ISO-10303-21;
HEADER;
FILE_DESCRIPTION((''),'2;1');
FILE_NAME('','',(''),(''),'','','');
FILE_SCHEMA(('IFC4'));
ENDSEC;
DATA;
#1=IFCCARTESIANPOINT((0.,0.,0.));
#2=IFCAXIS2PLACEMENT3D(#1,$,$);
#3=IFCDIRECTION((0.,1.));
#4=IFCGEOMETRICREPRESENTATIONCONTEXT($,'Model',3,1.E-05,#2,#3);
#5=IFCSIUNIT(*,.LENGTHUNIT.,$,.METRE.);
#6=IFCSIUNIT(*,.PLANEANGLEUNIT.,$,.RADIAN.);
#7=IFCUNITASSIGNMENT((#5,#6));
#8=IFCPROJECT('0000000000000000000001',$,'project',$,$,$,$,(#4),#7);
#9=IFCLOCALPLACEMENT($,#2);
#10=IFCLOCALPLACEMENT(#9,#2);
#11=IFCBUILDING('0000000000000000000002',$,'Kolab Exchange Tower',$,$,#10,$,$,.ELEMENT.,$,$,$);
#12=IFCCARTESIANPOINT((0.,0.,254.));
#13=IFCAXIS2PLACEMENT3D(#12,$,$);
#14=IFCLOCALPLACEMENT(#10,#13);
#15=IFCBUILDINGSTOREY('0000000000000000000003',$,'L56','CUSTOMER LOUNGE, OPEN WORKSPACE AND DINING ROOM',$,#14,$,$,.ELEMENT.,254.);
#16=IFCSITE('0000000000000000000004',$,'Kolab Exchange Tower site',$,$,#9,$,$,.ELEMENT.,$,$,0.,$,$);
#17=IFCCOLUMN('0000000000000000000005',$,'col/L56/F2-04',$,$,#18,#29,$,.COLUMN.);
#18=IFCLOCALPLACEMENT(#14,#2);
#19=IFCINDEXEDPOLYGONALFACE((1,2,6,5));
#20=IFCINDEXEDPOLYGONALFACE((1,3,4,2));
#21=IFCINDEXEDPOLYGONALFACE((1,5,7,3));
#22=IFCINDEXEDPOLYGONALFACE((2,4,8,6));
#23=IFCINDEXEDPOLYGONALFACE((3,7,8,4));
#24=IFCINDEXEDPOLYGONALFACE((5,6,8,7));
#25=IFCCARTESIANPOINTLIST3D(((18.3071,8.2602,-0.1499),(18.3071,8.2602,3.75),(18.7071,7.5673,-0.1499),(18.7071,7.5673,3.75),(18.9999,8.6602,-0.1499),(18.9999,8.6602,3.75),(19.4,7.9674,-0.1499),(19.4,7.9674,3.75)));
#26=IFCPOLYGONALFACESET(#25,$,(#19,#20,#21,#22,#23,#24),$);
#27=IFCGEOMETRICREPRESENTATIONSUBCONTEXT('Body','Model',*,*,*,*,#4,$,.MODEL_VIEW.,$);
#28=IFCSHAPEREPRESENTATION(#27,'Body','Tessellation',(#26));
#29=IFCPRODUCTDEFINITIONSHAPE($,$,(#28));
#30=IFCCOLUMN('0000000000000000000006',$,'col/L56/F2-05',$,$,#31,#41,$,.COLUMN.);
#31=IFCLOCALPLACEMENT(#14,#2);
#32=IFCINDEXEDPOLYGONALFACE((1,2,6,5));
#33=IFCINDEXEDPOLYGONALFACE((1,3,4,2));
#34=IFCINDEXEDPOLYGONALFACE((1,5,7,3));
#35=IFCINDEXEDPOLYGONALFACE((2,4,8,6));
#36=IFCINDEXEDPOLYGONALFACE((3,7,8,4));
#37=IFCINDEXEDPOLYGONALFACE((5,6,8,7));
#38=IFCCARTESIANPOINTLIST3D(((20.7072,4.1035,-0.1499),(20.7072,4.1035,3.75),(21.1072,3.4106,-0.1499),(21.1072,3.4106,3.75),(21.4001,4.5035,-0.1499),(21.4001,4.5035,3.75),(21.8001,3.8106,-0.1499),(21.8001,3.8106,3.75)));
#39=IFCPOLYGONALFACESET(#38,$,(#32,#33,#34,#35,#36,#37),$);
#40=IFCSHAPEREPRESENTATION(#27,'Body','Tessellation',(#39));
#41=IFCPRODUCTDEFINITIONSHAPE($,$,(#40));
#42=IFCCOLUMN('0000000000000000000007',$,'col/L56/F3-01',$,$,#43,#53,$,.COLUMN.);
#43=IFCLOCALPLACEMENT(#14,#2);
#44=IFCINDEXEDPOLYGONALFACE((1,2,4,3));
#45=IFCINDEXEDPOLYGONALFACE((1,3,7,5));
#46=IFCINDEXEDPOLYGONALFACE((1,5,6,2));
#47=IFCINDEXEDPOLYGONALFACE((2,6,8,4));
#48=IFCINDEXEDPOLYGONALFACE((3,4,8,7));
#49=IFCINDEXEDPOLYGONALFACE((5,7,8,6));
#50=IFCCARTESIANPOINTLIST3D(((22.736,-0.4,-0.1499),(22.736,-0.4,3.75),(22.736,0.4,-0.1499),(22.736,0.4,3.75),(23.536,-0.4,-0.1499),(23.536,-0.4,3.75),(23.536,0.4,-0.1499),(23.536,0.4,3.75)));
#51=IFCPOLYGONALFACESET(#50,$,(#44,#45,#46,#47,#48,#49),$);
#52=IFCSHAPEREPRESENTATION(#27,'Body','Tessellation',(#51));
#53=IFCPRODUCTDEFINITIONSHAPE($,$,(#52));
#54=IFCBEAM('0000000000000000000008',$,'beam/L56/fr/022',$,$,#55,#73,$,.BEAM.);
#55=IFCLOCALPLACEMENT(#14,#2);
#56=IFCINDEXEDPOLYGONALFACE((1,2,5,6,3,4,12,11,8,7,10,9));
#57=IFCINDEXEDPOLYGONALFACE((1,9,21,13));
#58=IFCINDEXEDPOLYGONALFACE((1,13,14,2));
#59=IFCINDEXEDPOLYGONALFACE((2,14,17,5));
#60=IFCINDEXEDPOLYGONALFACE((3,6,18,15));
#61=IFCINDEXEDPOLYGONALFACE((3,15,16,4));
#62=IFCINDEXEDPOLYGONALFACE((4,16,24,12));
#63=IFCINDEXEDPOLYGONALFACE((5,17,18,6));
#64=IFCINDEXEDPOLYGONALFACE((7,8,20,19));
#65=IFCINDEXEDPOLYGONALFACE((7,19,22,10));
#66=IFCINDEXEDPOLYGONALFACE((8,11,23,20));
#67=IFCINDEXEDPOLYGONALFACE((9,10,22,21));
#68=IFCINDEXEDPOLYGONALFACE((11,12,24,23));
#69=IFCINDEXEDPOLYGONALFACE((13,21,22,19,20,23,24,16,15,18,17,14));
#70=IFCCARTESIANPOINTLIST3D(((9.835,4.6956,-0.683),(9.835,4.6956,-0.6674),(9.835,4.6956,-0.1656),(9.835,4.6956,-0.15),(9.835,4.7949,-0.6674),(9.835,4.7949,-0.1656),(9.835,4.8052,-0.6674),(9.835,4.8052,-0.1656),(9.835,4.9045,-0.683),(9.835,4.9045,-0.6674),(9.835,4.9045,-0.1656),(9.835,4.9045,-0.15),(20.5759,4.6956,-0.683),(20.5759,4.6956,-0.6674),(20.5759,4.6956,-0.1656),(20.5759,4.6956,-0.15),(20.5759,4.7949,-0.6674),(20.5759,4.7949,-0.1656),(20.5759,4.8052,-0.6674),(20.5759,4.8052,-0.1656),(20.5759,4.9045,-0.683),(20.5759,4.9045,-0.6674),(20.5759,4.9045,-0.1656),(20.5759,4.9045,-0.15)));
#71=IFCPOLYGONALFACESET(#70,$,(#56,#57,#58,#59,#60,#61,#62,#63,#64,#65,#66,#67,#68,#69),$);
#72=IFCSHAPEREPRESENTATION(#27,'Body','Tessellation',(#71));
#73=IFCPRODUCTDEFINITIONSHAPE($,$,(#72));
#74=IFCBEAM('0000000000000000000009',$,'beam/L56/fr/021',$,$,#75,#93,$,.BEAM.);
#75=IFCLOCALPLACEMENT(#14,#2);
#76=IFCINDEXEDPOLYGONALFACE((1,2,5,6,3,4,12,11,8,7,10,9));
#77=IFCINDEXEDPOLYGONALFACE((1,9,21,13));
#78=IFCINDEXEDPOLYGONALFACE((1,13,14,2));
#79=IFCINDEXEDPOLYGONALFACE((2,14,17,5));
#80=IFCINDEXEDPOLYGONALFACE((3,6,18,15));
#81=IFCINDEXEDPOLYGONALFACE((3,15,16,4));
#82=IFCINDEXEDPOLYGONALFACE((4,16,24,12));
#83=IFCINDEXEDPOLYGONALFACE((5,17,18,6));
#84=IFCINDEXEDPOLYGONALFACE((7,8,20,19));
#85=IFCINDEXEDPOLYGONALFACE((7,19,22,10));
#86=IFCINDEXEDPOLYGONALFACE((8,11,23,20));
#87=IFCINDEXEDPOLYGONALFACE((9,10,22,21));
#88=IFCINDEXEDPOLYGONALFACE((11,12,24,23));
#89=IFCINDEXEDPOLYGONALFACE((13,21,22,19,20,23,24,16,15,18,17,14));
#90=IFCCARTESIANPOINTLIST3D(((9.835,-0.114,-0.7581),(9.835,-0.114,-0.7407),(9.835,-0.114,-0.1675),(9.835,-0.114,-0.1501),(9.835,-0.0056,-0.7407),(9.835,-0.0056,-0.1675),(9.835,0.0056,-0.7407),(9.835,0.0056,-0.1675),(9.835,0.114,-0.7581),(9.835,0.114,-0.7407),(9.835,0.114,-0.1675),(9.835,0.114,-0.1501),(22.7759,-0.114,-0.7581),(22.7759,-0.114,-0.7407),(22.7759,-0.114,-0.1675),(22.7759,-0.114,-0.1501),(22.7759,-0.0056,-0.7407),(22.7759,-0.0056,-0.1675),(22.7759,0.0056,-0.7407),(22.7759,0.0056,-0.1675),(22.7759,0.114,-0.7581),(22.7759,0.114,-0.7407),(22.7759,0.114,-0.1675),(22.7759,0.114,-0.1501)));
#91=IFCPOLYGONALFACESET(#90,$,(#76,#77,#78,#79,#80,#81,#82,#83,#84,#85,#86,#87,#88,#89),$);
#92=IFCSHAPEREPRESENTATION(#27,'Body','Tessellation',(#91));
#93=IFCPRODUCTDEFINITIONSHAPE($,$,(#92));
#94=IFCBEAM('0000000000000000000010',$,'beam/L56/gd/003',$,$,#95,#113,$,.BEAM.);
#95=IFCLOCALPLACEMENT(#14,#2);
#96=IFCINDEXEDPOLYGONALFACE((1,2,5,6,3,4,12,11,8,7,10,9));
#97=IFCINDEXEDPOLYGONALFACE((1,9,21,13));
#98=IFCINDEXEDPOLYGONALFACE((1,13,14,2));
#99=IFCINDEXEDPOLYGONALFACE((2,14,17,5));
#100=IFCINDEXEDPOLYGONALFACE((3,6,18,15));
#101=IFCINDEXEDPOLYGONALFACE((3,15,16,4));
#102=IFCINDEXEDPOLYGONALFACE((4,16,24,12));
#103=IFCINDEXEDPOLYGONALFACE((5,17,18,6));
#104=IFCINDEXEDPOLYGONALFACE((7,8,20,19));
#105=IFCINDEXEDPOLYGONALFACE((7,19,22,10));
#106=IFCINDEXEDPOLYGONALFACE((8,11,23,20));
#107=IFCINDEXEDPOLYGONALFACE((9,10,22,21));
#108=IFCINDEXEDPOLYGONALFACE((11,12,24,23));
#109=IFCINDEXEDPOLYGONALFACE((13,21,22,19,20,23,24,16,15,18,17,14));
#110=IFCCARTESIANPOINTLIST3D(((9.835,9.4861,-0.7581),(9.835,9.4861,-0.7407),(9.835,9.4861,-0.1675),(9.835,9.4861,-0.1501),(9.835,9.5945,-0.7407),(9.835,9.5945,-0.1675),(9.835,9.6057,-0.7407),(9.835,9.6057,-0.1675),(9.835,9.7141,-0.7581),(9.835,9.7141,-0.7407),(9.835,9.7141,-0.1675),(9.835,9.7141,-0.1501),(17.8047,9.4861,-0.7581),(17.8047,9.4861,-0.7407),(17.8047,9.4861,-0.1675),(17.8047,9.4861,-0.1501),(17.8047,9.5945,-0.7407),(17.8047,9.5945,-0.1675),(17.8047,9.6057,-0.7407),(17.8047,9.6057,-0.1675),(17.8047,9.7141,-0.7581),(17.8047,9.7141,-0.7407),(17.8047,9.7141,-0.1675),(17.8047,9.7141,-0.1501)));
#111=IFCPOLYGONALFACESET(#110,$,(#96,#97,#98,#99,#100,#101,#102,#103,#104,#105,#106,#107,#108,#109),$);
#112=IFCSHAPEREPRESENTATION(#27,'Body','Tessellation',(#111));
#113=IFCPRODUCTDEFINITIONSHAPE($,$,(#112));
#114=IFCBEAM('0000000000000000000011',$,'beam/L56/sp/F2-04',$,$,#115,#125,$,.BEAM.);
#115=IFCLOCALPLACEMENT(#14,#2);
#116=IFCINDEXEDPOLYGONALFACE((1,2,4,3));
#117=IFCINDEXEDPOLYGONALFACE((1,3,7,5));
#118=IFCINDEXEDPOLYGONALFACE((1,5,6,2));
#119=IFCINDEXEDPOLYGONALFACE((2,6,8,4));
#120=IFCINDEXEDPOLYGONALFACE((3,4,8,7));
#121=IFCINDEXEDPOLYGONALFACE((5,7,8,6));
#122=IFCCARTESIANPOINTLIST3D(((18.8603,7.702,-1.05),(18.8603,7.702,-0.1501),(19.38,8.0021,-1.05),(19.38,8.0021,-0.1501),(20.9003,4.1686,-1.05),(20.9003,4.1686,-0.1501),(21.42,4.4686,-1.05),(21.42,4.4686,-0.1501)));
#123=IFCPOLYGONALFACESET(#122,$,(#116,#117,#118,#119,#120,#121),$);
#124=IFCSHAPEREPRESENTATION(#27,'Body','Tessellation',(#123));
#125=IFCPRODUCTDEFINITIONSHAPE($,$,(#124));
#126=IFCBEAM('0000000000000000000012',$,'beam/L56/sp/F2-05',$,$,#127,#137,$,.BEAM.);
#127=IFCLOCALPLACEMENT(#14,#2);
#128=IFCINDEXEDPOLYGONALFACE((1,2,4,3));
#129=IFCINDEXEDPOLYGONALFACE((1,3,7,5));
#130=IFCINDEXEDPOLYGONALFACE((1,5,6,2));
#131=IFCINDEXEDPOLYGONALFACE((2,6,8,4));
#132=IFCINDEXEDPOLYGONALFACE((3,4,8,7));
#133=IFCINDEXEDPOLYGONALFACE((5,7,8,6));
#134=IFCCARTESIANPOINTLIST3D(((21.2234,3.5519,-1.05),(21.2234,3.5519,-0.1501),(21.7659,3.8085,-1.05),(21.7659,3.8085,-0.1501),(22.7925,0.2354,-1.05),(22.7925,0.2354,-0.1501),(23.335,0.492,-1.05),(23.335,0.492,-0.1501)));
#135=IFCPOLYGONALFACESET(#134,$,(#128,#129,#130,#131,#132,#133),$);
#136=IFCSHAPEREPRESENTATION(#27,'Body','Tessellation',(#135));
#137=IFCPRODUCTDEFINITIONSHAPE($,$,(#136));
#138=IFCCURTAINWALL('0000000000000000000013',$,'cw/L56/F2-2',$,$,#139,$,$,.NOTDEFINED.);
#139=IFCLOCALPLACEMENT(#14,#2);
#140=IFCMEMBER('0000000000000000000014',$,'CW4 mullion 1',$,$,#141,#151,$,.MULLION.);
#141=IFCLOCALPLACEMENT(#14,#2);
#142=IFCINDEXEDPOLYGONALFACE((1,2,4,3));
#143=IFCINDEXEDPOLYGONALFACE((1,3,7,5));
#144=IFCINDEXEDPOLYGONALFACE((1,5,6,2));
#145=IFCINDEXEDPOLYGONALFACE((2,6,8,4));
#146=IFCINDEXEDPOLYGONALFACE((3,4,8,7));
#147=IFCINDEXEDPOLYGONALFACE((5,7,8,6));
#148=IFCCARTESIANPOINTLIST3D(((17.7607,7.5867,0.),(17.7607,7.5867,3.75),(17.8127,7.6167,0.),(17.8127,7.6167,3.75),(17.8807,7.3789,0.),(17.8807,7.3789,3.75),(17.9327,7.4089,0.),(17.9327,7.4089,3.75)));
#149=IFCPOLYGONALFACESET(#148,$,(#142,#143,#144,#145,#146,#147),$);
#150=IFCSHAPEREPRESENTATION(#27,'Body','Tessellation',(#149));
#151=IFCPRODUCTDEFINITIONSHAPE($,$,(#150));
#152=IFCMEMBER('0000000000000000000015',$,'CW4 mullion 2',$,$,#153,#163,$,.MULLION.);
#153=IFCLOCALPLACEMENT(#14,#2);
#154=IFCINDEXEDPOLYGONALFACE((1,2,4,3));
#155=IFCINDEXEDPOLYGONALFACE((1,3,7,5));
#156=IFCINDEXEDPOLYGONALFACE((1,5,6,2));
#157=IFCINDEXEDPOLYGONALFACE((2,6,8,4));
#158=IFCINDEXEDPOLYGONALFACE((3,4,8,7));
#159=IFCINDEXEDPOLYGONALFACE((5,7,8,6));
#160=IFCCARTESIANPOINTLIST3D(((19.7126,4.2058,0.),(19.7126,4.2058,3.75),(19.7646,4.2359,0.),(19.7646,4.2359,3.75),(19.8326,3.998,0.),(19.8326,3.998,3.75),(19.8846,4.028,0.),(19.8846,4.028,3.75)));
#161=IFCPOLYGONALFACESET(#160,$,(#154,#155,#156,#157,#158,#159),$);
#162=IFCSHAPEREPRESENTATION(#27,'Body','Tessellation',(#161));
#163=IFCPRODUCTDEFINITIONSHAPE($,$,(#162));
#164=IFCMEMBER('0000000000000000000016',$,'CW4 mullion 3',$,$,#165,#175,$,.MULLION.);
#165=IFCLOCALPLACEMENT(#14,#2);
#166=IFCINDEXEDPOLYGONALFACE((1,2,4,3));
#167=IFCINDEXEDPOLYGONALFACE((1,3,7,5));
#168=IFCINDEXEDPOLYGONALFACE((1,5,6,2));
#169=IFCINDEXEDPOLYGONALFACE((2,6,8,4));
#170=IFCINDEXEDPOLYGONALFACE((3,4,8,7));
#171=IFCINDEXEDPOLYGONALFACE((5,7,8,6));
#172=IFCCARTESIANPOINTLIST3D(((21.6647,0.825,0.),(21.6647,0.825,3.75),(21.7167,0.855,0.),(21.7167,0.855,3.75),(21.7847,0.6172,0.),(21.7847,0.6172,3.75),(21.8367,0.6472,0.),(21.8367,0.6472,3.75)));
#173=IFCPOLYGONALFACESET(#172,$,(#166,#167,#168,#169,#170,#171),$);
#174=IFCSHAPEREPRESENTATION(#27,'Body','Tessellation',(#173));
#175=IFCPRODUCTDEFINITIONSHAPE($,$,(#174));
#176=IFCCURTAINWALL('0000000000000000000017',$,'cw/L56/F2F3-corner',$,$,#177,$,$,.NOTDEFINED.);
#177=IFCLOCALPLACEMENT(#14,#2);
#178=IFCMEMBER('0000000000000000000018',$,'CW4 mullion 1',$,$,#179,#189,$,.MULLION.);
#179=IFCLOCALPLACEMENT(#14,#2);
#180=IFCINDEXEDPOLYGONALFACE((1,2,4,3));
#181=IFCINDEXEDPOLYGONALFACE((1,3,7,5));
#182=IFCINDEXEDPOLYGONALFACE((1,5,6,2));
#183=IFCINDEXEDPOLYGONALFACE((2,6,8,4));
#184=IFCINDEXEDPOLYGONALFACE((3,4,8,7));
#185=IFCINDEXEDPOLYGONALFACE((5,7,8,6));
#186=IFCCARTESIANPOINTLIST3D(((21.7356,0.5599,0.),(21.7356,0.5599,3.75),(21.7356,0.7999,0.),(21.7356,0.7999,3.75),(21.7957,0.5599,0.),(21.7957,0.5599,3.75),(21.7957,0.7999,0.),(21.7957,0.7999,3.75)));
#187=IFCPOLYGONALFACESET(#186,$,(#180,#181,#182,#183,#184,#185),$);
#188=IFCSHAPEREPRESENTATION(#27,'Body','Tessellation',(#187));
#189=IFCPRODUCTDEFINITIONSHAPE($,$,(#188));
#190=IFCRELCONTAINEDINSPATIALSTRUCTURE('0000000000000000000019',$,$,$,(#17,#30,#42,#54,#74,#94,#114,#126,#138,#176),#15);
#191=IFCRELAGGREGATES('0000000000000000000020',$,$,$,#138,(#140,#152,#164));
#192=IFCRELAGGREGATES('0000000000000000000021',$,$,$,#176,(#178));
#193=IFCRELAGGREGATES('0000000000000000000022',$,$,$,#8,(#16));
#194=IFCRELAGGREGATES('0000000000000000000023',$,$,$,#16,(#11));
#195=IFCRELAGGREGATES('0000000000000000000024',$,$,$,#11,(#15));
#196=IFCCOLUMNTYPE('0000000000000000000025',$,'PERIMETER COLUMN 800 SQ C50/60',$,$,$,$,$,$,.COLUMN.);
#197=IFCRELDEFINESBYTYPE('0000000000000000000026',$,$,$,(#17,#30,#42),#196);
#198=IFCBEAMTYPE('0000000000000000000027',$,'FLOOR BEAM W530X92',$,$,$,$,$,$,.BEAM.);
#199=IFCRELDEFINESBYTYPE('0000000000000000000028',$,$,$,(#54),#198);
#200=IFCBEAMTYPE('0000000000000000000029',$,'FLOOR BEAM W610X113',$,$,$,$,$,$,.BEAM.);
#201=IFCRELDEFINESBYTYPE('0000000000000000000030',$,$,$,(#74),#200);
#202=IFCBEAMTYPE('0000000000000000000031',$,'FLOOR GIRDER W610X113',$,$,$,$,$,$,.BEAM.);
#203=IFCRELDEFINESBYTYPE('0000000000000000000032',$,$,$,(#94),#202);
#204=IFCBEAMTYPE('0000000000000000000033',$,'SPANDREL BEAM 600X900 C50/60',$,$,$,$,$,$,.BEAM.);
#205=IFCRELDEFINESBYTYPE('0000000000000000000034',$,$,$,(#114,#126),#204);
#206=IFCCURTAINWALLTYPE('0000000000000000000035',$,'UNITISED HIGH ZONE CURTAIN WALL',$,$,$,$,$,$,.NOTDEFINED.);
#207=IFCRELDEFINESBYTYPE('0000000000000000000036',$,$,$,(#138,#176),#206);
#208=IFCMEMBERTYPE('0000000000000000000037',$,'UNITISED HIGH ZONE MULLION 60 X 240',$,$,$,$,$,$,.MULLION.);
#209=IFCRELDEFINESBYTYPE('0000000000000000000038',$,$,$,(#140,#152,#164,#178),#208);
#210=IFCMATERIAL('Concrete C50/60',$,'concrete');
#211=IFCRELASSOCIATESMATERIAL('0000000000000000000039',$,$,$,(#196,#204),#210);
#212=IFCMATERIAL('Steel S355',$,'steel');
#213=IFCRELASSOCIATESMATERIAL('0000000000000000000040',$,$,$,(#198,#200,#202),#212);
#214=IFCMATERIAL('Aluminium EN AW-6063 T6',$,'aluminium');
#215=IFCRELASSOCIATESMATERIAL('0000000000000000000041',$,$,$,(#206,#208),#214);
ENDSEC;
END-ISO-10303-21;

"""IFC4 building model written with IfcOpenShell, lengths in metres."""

from ifc_helpers import new_model, si_unit, direction, frame, origin, origin_2d, place, context, subcontext, project, spatial, rectangle, i_section, extrude, material, material_profile, profile_set, type_object, element, aggregate, save


model = new_model("IFC4")

# Units and contexts
model_context = context("Model", 3, precision=1e-05, world=origin(), true_north=direction((0.0, 1.0)))
body_context = subcontext(model_context, "Body", "Model", "MODEL_VIEW")
ifc_project = project(units=[si_unit("LENGTHUNIT", "METRE"), si_unit("PLANEANGLEUNIT", "RADIAN")], contexts=[model_context])

# Site, building, storey
site_placement = place(None, origin())
site = spatial("IfcSite", under=ifc_project, at=site_placement, Name="Kolab Exchange Tower site", CompositionType="ELEMENT", RefElevation=0.0)
building_placement = place(site_placement, origin())
building = spatial("IfcBuilding", under=site, at=building_placement, Name="Kolab Exchange Tower", CompositionType="ELEMENT")
storey_placement = place(building_placement, frame((0.0, 0.0, 254.0)))
storey = spatial("IfcBuildingStorey", under=building, at=storey_placement, Name="L56", Description="CUSTOMER LOUNGE, OPEN WORKSPACE AND DINING ROOM", CompositionType="ELEMENT", Elevation=254.0)

# Columns
ifc_material_1 = material(Name="Concrete C50/60", Category="concrete")
ifc_material_profile_1 = material_profile(ifc_material_1, rectangle(XDim=0.8, YDim=0.8, at=origin_2d()), Name="RC800")
ifc_profile_set_1 = profile_set([ifc_material_profile_1], Name="Concrete C50/60")
column_type = type_object("IfcColumnType", Name="PERIMETER COLUMN 800 SQ C50/60", PredefinedType="COLUMN", material=ifc_profile_set_1)
for number, where, z_axis, x_axis, name in (
    (1, (18.8535, 8.1138, -0.1499), (0.0, 0.0, 1.0), (0.866025, 0.5, 0.0), "col/L56/F2-04"),
    (2, (21.2537, 3.957, -0.1499), (0.0, 0.0, 1.0), (0.866025, 0.5, 0.0), "col/L56/F2-05"),
    (3, (23.136, 0.0, -0.1499), (0.0, 0.0, 1.0), (1.0, 0.0, 0.0), "col/L56/F3-01"),
):
    element("IfcColumn", number, at=place(storey_placement, frame(where, z_axis=z_axis, x_axis=x_axis)), inside=storey, type_object=column_type, Name=name, PredefinedType="COLUMN", context=body_context, shape_type="SweptSolid", body=[
        extrude(rectangle(XDim=0.8, YDim=0.8, at=origin_2d()), origin(), (0.0, 0.0, 1.0), 3.8999),
    ])

# Beams
ifc_material_2 = material(Name="Steel S355", Category="steel")
ifc_material_profile_2 = material_profile(ifc_material_2, i_section(OverallWidth=0.209, OverallDepth=0.533, WebThickness=0.0103, FlangeThickness=0.0156, at=origin_2d()), Name="W530X92")
ifc_profile_set_2 = profile_set([ifc_material_profile_2], Name="Steel S355")
beam_type_1 = type_object("IfcBeamType", Name="FLOOR BEAM W530X92", PredefinedType="BEAM", material=ifc_profile_set_2)
beam_1_placement = place(storey_placement, frame((9.835, 4.8, -0.4165), z_axis=(1.0, 0.0, 0.0), x_axis=(0.0, 1.0, 0.0)))
element("IfcBeam", 4, at=beam_1_placement, inside=storey, type_object=beam_type_1, Name="beam/L56/fr/022", PredefinedType="BEAM", context=body_context, shape_type="SweptSolid", body=[
    extrude(i_section(OverallWidth=0.209, OverallDepth=0.533, WebThickness=0.0103, FlangeThickness=0.0156, at=origin_2d()), origin(), (0.0, 0.0, 1.0), 10.741),
])
ifc_material_profile_3 = material_profile(ifc_material_2, i_section(OverallWidth=0.228, OverallDepth=0.6079, WebThickness=0.0112, FlangeThickness=0.0173, at=origin_2d()), Name="W610X113")
ifc_profile_set_3 = profile_set([ifc_material_profile_3], Name="Steel S355")
beam_type_2 = type_object("IfcBeamType", Name="FLOOR BEAM W610X113", PredefinedType="BEAM", material=ifc_profile_set_3)
beam_2_placement = place(storey_placement, frame((9.835, 0.0, -0.4541), z_axis=(1.0, 0.0, 0.0), x_axis=(0.0, 1.0, 0.0)))
element("IfcBeam", 5, at=beam_2_placement, inside=storey, type_object=beam_type_2, Name="beam/L56/fr/021", PredefinedType="BEAM", context=body_context, shape_type="SweptSolid", body=[
    extrude(i_section(OverallWidth=0.228, OverallDepth=0.6079, WebThickness=0.0112, FlangeThickness=0.0173, at=origin_2d()), origin(), (0.0, 0.0, 1.0), 12.9409),
])
ifc_material_profile_4 = material_profile(ifc_material_2, i_section(OverallWidth=0.228, OverallDepth=0.6079, WebThickness=0.0112, FlangeThickness=0.0173, at=origin_2d()), Name="W610X113")
ifc_profile_set_4 = profile_set([ifc_material_profile_4], Name="Steel S355")
beam_type_3 = type_object("IfcBeamType", Name="FLOOR GIRDER W610X113", PredefinedType="BEAM", material=ifc_profile_set_4)
beam_3_placement = place(storey_placement, frame((9.835, 9.6001, -0.4541), z_axis=(1.0, 0.0, 0.0), x_axis=(0.0, 1.0, 0.0)))
element("IfcBeam", 6, at=beam_3_placement, inside=storey, type_object=beam_type_3, Name="beam/L56/gd/003", PredefinedType="BEAM", context=body_context, shape_type="SweptSolid", body=[
    extrude(i_section(OverallWidth=0.228, OverallDepth=0.6079, WebThickness=0.0112, FlangeThickness=0.0173, at=origin_2d()), origin(), (0.0, 0.0, 1.0), 7.9697),
])
ifc_material_profile_5 = material_profile(ifc_material_1, rectangle(XDim=0.6001, YDim=0.8999, at=origin_2d()), Name="RC600X900")
ifc_profile_set_5 = profile_set([ifc_material_profile_5], Name="Concrete C50/60")
beam_type_4 = type_object("IfcBeamType", Name="SPANDREL BEAM 600X900 C50/60", PredefinedType="BEAM", material=ifc_profile_set_5)
beam_4_placement = place(storey_placement, frame((19.1201, 7.8521, -0.6001), z_axis=(0.5, -0.866025, 0.0), x_axis=(0.866025, 0.5, 0.0)))
element("IfcBeam", 7, at=beam_4_placement, inside=storey, type_object=beam_type_4, Name="beam/L56/sp/F2-04", PredefinedType="BEAM", context=body_context, shape_type="SweptSolid", body=[
    extrude(rectangle(XDim=0.6001, YDim=0.8999, at=origin_2d()), origin(), (0.0, 0.0, 1.0), 4.0801),
])
beam_5_placement = place(storey_placement, frame((21.4946, 3.6802, -0.6001), z_axis=(0.427677, -0.903932, 0.0), x_axis=(0.903932, 0.427677, 0.0)))
element("IfcBeam", 8, at=beam_5_placement, inside=storey, type_object=beam_type_4, Name="beam/L56/sp/F2-05", PredefinedType="BEAM", context=body_context, shape_type="SweptSolid", body=[
    extrude(rectangle(XDim=0.6001, YDim=0.8999, at=origin_2d()), origin(), (0.0, 0.0, 1.0), 3.6689),
])

# Curtain wall, members
ifc_material_3 = material(Name="Aluminium EN AW-6063 T6", Category="aluminium")
curtain_wall_type = type_object("IfcCurtainWallType", Name="UNITISED HIGH ZONE CURTAIN WALL", PredefinedType="NOTDEFINED", material=ifc_material_3)
curtain_wall_1_placement = place(storey_placement, origin())
curtain_wall_1 = element("IfcCurtainWall", 9, at=curtain_wall_1_placement, inside=storey, type_object=curtain_wall_type, Name="cw/L56/F2-2", PredefinedType="NOTDEFINED")
ifc_material_profile_6 = material_profile(ifc_material_3, rectangle(XDim=0.0601, YDim=0.24, at=origin_2d()), Name="RECT 60X240")
ifc_profile_set_6 = profile_set([ifc_material_profile_6], Name="Aluminium EN AW-6063 T6")
member_type_1 = type_object("IfcMemberType", Name="UNITISED HIGH ZONE MULLION 60 X 240", PredefinedType="MULLION", material=ifc_profile_set_6)
member_1_placement = place(storey_placement, frame((17.8467, 7.4978, 0.0), z_axis=(0.0, 0.0, 1.0), x_axis=(0.866025, 0.5, 0.0)))
member_1 = element("IfcMember", 10, at=member_1_placement, type_object=member_type_1, Name="CW4 mullion 1", PredefinedType="MULLION", context=body_context, shape_type="SweptSolid", body=[
    extrude(rectangle(XDim=0.0601, YDim=0.24, at=origin_2d()), origin(), (0.0, 0.0, 1.0), 3.75),
])
member_2_placement = place(storey_placement, frame((19.7986, 4.1169, 0.0), z_axis=(0.0, 0.0, 1.0), x_axis=(0.866025, 0.5, 0.0)))
member_2 = element("IfcMember", 11, at=member_2_placement, type_object=member_type_1, Name="CW4 mullion 2", PredefinedType="MULLION", context=body_context, shape_type="SweptSolid", body=[
    extrude(rectangle(XDim=0.0601, YDim=0.24, at=origin_2d()), origin(), (0.0, 0.0, 1.0), 3.75),
])
member_3_placement = place(storey_placement, frame((21.7507, 0.7361, 0.0), z_axis=(0.0, 0.0, 1.0), x_axis=(0.866025, 0.5, 0.0)))
member_3 = element("IfcMember", 12, at=member_3_placement, type_object=member_type_1, Name="CW4 mullion 3", PredefinedType="MULLION", context=body_context, shape_type="SweptSolid", body=[
    extrude(rectangle(XDim=0.0601, YDim=0.24, at=origin_2d()), origin(), (0.0, 0.0, 1.0), 3.75),
])

# Curtain wall, member
curtain_wall_2_placement = place(storey_placement, origin())
curtain_wall_2 = element("IfcCurtainWall", 13, at=curtain_wall_2_placement, inside=storey, type_object=curtain_wall_type, Name="cw/L56/F2F3-corner", PredefinedType="NOTDEFINED")
member_4_placement = place(storey_placement, frame((21.7656, 0.6799, 0.0), z_axis=(0.0, 0.0, 1.0), x_axis=(1.0, 0.0, 0.0)))
member_4 = element("IfcMember", 14, at=member_4_placement, type_object=member_type_1, Name="CW4 mullion 1", PredefinedType="MULLION", context=body_context, shape_type="SweptSolid", body=[
    extrude(rectangle(XDim=0.0601, YDim=0.24, at=origin_2d()), origin(), (0.0, 0.0, 1.0), 3.75),
])

aggregate(curtain_wall_1, [member_1, member_2, member_3])
aggregate(curtain_wall_2, [member_4])

save(model, "model.ifc")
